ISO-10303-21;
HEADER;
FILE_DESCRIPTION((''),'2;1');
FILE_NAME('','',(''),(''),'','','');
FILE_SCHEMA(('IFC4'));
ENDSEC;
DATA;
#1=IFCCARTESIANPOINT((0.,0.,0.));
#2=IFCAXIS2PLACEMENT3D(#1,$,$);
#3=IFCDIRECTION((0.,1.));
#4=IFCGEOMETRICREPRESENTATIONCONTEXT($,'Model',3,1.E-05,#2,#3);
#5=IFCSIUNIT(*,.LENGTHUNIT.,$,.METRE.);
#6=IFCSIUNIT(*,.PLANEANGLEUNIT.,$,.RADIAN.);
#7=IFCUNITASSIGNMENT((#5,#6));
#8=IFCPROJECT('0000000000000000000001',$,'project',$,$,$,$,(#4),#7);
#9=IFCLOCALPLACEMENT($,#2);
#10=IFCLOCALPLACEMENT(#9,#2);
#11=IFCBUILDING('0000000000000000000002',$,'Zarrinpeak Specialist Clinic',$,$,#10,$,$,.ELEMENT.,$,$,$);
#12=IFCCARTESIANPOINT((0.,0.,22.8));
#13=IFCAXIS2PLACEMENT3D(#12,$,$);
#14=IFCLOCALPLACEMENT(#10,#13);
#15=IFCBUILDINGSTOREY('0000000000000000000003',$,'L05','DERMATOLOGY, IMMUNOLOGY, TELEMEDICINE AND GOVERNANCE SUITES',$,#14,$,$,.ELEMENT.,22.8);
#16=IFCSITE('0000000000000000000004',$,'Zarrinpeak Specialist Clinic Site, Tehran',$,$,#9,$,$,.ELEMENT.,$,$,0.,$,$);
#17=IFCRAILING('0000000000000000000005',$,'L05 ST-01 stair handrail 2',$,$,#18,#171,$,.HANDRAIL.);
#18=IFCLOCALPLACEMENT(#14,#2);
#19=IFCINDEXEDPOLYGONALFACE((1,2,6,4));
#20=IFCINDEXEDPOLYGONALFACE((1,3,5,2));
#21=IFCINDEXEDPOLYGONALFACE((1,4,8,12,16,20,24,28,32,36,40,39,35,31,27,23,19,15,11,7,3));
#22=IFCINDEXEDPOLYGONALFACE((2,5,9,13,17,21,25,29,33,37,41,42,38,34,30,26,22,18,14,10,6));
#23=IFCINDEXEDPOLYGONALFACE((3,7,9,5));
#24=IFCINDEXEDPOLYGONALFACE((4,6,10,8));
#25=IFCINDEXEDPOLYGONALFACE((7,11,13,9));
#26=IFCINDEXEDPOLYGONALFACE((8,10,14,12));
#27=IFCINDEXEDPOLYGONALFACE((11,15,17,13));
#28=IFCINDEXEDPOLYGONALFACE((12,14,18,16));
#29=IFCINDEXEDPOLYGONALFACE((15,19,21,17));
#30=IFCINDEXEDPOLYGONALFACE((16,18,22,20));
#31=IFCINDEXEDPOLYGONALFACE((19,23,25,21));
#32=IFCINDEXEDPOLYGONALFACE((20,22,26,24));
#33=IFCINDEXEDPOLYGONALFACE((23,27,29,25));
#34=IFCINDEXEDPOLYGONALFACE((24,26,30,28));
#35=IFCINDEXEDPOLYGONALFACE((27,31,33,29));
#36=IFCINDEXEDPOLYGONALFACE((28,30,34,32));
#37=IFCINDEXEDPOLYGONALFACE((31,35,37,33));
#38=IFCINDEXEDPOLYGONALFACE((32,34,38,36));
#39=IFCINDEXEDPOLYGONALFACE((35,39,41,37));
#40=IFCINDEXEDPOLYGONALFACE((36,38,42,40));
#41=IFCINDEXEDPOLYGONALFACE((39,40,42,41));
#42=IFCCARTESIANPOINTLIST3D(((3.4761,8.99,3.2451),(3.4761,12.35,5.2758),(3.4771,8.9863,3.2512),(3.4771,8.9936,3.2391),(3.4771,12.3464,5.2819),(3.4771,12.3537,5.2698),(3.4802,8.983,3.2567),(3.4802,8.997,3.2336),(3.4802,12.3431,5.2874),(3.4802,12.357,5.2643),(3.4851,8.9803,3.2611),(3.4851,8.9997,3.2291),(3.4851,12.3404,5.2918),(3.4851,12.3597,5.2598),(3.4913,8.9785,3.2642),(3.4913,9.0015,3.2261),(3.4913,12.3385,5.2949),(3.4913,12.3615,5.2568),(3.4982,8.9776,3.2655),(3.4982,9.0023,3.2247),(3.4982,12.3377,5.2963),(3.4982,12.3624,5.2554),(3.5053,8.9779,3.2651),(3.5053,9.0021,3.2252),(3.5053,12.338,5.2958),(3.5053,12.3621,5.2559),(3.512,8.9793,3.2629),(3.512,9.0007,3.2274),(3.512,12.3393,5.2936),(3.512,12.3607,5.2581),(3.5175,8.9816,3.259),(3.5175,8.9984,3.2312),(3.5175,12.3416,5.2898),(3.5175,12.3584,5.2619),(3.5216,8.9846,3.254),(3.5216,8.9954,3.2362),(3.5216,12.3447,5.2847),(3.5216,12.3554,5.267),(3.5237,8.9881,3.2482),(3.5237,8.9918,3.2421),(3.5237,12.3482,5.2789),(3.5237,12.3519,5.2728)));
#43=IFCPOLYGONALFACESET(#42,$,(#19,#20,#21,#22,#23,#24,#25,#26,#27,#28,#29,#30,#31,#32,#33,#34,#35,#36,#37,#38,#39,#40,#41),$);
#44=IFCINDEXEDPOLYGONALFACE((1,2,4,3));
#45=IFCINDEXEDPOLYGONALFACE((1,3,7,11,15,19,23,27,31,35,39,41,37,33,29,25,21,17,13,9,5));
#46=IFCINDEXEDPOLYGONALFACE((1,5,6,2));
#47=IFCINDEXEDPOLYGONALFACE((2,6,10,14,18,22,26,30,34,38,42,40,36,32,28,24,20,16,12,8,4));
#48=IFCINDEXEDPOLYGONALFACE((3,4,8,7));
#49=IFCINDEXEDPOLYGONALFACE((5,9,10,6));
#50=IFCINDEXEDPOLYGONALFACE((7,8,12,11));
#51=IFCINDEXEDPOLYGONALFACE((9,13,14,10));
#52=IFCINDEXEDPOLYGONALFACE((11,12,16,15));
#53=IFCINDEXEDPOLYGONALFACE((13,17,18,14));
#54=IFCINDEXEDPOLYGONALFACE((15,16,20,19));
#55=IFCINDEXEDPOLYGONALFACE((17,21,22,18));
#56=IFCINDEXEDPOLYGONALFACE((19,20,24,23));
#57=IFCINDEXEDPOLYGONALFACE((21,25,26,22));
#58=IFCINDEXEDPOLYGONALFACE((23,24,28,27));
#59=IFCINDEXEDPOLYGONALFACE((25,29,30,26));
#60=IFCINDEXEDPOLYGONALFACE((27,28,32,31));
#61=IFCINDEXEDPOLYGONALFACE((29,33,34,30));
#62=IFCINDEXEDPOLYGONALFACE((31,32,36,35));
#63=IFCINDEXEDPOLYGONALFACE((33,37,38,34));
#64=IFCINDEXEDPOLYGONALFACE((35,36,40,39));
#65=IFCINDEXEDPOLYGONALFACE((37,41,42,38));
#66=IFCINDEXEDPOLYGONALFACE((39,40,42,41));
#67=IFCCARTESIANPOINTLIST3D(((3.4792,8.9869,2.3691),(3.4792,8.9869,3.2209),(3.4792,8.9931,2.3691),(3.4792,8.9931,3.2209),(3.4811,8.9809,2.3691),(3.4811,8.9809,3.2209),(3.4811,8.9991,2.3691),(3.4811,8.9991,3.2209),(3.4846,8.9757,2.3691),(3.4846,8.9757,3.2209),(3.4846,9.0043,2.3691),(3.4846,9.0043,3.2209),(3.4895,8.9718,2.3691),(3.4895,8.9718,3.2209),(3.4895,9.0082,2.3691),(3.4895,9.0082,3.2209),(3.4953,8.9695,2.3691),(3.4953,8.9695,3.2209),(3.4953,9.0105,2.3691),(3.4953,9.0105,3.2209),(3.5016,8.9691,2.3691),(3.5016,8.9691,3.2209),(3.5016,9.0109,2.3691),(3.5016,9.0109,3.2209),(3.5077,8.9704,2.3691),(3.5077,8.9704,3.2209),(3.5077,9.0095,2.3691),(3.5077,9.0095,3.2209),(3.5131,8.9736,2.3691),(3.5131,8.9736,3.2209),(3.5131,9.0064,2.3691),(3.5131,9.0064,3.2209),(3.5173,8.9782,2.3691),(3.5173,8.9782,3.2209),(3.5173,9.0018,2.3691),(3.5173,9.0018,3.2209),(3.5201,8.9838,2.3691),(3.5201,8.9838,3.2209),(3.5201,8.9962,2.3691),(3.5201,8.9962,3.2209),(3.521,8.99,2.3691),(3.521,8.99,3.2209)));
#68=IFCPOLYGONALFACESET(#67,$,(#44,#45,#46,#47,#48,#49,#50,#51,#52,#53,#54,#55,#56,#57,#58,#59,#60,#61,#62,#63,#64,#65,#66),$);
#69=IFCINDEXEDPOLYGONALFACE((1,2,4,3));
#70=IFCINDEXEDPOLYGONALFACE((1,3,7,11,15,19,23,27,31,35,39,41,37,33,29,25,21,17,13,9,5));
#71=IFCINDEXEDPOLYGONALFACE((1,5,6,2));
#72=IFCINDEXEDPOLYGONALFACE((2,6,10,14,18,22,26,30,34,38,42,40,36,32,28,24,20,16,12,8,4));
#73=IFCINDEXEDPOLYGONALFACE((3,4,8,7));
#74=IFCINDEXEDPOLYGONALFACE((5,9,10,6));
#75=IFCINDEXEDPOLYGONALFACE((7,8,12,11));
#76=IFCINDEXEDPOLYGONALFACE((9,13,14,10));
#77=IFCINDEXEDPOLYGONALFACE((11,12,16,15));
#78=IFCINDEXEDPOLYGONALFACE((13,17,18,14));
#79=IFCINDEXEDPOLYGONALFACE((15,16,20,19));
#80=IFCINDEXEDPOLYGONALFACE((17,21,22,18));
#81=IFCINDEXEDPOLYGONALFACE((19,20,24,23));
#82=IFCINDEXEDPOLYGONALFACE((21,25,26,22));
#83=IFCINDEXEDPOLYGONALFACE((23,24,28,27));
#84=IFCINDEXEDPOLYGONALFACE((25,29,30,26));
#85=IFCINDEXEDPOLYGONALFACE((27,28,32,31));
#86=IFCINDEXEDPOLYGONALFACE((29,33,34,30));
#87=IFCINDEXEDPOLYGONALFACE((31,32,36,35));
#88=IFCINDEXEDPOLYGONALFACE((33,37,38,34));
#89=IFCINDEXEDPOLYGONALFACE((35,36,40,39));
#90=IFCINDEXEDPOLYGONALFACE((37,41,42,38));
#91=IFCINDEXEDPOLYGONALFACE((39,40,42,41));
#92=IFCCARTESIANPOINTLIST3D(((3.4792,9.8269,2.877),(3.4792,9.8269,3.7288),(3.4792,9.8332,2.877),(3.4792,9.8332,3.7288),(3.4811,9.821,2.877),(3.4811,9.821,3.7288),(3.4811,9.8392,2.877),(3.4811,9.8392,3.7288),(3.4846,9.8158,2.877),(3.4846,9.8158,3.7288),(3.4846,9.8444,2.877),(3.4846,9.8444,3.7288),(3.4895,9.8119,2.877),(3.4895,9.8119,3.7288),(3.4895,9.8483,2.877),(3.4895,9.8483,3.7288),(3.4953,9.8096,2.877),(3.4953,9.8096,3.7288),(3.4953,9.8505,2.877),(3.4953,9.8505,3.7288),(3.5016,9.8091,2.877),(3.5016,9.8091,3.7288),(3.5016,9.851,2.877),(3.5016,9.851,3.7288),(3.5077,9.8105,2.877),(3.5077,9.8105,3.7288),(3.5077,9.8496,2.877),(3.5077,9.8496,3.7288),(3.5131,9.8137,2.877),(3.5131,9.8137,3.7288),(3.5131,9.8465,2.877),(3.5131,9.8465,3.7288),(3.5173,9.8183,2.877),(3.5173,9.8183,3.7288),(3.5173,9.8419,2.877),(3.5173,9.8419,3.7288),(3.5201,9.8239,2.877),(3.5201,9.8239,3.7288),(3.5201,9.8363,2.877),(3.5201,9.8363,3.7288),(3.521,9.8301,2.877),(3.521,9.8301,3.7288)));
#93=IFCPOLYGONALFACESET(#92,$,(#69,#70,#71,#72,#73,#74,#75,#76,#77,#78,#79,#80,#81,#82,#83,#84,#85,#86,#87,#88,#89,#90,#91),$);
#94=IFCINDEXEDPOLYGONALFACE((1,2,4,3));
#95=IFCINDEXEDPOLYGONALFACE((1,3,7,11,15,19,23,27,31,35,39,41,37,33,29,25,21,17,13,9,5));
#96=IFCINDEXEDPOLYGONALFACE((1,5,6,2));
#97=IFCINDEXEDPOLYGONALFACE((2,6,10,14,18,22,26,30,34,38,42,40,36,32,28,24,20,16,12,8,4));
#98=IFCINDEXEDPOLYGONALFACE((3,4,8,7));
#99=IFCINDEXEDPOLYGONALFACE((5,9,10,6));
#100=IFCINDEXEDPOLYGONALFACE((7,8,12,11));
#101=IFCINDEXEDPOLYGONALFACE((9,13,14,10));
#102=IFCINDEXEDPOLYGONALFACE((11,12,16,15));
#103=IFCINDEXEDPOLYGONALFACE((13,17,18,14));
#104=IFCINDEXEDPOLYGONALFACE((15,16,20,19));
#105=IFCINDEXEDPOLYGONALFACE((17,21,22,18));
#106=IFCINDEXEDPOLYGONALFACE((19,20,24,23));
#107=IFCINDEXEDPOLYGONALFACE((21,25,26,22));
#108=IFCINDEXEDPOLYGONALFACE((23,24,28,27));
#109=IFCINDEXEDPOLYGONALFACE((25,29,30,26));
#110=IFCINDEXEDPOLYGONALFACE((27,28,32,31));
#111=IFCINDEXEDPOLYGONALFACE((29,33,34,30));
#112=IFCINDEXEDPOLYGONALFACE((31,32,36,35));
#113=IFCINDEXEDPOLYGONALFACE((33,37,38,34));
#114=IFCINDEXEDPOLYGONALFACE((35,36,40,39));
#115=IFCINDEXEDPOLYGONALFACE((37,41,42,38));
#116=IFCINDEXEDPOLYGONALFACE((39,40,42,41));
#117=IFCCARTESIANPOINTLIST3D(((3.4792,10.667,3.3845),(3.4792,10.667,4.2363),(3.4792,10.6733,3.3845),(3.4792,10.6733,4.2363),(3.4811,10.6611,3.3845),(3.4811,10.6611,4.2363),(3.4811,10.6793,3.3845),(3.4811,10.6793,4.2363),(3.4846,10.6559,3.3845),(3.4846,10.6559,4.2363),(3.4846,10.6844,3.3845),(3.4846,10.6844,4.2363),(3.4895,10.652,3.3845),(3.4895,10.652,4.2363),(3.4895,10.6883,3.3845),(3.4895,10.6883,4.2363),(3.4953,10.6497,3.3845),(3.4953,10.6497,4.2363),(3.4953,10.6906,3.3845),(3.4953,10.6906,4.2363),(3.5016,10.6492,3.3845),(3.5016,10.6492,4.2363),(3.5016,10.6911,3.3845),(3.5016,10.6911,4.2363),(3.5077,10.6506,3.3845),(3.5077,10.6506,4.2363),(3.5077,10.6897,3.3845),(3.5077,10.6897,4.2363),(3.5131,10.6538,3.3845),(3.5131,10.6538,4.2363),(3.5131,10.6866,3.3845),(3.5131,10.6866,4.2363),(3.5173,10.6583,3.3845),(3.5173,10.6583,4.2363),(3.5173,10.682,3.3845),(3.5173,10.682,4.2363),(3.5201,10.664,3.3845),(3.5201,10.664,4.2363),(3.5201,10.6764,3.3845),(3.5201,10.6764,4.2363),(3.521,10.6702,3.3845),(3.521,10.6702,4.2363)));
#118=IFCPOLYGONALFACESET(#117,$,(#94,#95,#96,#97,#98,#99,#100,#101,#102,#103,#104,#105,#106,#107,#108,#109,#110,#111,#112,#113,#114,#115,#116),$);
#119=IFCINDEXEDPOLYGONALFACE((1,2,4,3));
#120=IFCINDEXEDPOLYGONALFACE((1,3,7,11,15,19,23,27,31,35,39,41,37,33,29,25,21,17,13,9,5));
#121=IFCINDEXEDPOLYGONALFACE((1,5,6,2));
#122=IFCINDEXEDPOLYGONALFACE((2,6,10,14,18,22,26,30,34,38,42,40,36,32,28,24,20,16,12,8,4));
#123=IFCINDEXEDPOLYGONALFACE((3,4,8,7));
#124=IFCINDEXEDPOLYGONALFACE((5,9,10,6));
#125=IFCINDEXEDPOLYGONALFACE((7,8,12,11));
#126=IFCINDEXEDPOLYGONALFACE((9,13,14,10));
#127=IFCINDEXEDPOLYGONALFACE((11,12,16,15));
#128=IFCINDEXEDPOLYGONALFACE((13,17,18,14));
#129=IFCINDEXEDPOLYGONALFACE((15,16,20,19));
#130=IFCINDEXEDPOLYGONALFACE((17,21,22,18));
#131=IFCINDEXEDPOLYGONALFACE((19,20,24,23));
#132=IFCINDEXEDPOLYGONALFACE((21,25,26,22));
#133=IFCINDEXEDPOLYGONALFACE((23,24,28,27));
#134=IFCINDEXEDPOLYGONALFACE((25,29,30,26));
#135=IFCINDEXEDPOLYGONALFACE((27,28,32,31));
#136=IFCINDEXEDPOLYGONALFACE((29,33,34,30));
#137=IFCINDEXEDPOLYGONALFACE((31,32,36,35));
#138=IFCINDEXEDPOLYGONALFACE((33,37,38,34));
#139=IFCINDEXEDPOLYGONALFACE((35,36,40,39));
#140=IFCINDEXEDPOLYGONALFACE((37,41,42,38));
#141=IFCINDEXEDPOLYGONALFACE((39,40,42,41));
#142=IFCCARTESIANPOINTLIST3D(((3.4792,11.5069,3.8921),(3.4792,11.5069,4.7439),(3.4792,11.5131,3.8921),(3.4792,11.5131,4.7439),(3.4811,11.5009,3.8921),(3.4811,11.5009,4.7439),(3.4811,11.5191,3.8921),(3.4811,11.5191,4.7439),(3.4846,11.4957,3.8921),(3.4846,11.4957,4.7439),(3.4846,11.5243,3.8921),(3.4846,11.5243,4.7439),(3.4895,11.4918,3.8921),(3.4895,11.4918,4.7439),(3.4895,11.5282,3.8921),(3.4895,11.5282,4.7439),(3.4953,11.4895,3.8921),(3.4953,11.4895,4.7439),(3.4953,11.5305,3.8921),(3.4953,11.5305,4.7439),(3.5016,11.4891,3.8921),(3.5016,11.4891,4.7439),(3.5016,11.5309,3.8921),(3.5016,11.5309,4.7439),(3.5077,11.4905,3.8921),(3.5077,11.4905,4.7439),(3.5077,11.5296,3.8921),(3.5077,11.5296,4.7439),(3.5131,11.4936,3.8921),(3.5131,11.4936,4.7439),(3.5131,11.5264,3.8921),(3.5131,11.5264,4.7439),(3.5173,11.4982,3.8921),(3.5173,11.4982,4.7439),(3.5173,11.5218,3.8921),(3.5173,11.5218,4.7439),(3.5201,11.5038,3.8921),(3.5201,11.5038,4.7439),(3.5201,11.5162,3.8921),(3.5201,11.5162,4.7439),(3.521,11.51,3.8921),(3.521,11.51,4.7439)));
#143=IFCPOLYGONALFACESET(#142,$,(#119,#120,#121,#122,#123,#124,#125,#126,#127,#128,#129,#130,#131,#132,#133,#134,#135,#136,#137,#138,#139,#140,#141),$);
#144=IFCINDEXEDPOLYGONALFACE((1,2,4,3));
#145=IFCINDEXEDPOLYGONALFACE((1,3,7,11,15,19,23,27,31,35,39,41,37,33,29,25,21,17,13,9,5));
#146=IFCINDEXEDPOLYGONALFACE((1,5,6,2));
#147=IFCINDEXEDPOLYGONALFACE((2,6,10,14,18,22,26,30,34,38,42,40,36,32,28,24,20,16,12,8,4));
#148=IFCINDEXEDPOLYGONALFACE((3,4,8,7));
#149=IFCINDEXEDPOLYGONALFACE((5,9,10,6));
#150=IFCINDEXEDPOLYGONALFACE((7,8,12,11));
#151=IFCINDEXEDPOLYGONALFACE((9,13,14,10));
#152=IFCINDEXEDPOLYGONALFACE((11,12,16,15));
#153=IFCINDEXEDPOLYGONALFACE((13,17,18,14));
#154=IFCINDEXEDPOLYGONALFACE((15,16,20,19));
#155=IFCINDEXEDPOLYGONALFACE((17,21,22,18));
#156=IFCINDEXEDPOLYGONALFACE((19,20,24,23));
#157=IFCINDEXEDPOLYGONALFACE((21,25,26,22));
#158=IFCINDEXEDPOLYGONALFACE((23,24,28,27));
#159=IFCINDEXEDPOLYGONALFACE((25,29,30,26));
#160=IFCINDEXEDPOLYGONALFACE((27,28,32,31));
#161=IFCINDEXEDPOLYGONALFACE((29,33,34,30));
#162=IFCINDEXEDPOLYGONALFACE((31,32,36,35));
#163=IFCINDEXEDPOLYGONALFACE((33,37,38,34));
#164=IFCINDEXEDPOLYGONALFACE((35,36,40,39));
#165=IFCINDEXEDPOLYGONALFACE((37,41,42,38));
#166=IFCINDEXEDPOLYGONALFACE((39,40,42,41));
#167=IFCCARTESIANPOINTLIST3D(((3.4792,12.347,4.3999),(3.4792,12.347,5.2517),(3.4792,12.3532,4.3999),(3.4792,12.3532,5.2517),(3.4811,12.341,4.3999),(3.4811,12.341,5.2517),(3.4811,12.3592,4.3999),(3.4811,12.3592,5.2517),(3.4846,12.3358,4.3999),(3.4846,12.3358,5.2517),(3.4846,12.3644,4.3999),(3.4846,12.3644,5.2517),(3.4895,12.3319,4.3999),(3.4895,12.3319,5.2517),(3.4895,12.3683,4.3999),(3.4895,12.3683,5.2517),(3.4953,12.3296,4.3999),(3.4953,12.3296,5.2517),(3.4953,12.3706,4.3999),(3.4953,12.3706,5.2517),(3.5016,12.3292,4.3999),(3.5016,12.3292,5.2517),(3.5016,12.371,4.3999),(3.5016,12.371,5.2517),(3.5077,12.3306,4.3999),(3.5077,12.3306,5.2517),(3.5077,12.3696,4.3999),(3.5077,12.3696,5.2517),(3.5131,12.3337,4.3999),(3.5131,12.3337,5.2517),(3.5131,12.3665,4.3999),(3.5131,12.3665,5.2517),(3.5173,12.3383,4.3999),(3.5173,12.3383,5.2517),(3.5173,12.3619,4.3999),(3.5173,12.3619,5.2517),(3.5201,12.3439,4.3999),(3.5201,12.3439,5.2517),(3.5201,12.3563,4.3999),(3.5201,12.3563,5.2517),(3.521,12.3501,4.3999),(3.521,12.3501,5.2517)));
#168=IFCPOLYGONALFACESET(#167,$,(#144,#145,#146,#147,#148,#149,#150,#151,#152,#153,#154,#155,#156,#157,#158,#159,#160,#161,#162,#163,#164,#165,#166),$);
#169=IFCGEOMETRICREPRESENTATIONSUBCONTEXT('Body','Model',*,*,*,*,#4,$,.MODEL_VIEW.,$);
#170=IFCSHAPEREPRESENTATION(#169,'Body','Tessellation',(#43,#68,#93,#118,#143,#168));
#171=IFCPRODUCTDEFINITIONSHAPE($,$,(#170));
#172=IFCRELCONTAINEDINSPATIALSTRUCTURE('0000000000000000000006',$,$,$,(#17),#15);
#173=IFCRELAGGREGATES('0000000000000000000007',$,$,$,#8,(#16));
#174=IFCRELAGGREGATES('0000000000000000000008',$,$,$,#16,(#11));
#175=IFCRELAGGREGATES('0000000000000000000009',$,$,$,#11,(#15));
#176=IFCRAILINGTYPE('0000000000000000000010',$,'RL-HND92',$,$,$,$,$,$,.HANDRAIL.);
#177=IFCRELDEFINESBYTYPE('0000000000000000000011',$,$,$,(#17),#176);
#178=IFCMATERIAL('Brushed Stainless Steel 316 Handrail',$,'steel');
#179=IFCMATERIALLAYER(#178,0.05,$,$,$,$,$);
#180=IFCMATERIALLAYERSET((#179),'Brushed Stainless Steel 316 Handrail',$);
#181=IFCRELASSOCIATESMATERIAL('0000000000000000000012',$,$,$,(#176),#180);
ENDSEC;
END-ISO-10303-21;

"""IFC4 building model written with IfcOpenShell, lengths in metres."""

from ifc_helpers import new_model, si_unit, direction, frame, origin, origin_2d, place, context, subcontext, project, spatial, circle, extrude, material, layer, layer_set, type_object, element, save


model = new_model("IFC4")

# Units and contexts
model_context = context("Model", 3, precision=1e-05, world=origin(), true_north=direction((0.0, 1.0)))
body_context = subcontext(model_context, "Body", "Model", "MODEL_VIEW")
ifc_project = project(units=[si_unit("LENGTHUNIT", "METRE"), si_unit("PLANEANGLEUNIT", "RADIAN")], contexts=[model_context])

# Site, building, storey
site_placement = place(None, origin())
site = spatial("IfcSite", under=ifc_project, at=site_placement, Name="Zarrinpeak Specialist Clinic Site, Tehran", CompositionType="ELEMENT", RefElevation=0.0)
building_placement = place(site_placement, origin())
building = spatial("IfcBuilding", under=site, at=building_placement, Name="Zarrinpeak Specialist Clinic", CompositionType="ELEMENT")
storey_placement = place(building_placement, frame((0.0, 0.0, 22.8)))
storey = spatial("IfcBuildingStorey", under=building, at=storey_placement, Name="L05", Description="DERMATOLOGY, IMMUNOLOGY, TELEMEDICINE AND GOVERNANCE SUITES", CompositionType="ELEMENT", Elevation=22.8)

# Railing
ifc_material_1 = material(Name="Brushed Stainless Steel 316 Handrail", Category="steel")
ifc_layer_1 = layer(ifc_material_1, 0.05)
ifc_layer_set_1 = layer_set([ifc_layer_1], Name="Brushed Stainless Steel 316 Handrail")
railing_type_1 = type_object("IfcRailingType", Name="RL-HND92", PredefinedType="HANDRAIL", material=ifc_layer_set_1)
railing_1_placement = place(storey_placement, frame((3.5, 8.99, 2.3691)))
element("IfcRailing", 1, at=railing_1_placement, inside=storey, type_object=railing_type_1, Name="L05 ST-01 stair handrail 2", PredefinedType="HANDRAIL", context=body_context, shape_type="SweptSolid", body=[
    extrude(circle(Radius=0.0239, at=origin_2d()), frame((0.0, 0.0, 0.876), z_axis=(0.0, 0.855837, 0.517246), x_axis=(-1.0, 0.0, 0.0)), (0.0, 0.0, 1.0), 3.926),
    extrude(circle(Radius=0.021, at=origin_2d()), origin(), (0.0, 0.0, 1.0), 0.8518),
    extrude(circle(Radius=0.021, at=origin_2d()), frame((0.0, 0.8401, 0.5078)), (0.0, 0.0, 1.0), 0.8518),
    extrude(circle(Radius=0.021, at=origin_2d()), frame((0.0, 1.6802, 1.0154)), (0.0, 0.0, 1.0), 0.8518),
    extrude(circle(Radius=0.021, at=origin_2d()), frame((0.0, 2.52, 1.5229)), (0.0, 0.0, 1.0), 0.8518),
    extrude(circle(Radius=0.021, at=origin_2d()), frame((0.0, 3.3601, 2.0308)), (0.0, 0.0, 1.0), 0.8518),
])

save(model, "model.ifc")
